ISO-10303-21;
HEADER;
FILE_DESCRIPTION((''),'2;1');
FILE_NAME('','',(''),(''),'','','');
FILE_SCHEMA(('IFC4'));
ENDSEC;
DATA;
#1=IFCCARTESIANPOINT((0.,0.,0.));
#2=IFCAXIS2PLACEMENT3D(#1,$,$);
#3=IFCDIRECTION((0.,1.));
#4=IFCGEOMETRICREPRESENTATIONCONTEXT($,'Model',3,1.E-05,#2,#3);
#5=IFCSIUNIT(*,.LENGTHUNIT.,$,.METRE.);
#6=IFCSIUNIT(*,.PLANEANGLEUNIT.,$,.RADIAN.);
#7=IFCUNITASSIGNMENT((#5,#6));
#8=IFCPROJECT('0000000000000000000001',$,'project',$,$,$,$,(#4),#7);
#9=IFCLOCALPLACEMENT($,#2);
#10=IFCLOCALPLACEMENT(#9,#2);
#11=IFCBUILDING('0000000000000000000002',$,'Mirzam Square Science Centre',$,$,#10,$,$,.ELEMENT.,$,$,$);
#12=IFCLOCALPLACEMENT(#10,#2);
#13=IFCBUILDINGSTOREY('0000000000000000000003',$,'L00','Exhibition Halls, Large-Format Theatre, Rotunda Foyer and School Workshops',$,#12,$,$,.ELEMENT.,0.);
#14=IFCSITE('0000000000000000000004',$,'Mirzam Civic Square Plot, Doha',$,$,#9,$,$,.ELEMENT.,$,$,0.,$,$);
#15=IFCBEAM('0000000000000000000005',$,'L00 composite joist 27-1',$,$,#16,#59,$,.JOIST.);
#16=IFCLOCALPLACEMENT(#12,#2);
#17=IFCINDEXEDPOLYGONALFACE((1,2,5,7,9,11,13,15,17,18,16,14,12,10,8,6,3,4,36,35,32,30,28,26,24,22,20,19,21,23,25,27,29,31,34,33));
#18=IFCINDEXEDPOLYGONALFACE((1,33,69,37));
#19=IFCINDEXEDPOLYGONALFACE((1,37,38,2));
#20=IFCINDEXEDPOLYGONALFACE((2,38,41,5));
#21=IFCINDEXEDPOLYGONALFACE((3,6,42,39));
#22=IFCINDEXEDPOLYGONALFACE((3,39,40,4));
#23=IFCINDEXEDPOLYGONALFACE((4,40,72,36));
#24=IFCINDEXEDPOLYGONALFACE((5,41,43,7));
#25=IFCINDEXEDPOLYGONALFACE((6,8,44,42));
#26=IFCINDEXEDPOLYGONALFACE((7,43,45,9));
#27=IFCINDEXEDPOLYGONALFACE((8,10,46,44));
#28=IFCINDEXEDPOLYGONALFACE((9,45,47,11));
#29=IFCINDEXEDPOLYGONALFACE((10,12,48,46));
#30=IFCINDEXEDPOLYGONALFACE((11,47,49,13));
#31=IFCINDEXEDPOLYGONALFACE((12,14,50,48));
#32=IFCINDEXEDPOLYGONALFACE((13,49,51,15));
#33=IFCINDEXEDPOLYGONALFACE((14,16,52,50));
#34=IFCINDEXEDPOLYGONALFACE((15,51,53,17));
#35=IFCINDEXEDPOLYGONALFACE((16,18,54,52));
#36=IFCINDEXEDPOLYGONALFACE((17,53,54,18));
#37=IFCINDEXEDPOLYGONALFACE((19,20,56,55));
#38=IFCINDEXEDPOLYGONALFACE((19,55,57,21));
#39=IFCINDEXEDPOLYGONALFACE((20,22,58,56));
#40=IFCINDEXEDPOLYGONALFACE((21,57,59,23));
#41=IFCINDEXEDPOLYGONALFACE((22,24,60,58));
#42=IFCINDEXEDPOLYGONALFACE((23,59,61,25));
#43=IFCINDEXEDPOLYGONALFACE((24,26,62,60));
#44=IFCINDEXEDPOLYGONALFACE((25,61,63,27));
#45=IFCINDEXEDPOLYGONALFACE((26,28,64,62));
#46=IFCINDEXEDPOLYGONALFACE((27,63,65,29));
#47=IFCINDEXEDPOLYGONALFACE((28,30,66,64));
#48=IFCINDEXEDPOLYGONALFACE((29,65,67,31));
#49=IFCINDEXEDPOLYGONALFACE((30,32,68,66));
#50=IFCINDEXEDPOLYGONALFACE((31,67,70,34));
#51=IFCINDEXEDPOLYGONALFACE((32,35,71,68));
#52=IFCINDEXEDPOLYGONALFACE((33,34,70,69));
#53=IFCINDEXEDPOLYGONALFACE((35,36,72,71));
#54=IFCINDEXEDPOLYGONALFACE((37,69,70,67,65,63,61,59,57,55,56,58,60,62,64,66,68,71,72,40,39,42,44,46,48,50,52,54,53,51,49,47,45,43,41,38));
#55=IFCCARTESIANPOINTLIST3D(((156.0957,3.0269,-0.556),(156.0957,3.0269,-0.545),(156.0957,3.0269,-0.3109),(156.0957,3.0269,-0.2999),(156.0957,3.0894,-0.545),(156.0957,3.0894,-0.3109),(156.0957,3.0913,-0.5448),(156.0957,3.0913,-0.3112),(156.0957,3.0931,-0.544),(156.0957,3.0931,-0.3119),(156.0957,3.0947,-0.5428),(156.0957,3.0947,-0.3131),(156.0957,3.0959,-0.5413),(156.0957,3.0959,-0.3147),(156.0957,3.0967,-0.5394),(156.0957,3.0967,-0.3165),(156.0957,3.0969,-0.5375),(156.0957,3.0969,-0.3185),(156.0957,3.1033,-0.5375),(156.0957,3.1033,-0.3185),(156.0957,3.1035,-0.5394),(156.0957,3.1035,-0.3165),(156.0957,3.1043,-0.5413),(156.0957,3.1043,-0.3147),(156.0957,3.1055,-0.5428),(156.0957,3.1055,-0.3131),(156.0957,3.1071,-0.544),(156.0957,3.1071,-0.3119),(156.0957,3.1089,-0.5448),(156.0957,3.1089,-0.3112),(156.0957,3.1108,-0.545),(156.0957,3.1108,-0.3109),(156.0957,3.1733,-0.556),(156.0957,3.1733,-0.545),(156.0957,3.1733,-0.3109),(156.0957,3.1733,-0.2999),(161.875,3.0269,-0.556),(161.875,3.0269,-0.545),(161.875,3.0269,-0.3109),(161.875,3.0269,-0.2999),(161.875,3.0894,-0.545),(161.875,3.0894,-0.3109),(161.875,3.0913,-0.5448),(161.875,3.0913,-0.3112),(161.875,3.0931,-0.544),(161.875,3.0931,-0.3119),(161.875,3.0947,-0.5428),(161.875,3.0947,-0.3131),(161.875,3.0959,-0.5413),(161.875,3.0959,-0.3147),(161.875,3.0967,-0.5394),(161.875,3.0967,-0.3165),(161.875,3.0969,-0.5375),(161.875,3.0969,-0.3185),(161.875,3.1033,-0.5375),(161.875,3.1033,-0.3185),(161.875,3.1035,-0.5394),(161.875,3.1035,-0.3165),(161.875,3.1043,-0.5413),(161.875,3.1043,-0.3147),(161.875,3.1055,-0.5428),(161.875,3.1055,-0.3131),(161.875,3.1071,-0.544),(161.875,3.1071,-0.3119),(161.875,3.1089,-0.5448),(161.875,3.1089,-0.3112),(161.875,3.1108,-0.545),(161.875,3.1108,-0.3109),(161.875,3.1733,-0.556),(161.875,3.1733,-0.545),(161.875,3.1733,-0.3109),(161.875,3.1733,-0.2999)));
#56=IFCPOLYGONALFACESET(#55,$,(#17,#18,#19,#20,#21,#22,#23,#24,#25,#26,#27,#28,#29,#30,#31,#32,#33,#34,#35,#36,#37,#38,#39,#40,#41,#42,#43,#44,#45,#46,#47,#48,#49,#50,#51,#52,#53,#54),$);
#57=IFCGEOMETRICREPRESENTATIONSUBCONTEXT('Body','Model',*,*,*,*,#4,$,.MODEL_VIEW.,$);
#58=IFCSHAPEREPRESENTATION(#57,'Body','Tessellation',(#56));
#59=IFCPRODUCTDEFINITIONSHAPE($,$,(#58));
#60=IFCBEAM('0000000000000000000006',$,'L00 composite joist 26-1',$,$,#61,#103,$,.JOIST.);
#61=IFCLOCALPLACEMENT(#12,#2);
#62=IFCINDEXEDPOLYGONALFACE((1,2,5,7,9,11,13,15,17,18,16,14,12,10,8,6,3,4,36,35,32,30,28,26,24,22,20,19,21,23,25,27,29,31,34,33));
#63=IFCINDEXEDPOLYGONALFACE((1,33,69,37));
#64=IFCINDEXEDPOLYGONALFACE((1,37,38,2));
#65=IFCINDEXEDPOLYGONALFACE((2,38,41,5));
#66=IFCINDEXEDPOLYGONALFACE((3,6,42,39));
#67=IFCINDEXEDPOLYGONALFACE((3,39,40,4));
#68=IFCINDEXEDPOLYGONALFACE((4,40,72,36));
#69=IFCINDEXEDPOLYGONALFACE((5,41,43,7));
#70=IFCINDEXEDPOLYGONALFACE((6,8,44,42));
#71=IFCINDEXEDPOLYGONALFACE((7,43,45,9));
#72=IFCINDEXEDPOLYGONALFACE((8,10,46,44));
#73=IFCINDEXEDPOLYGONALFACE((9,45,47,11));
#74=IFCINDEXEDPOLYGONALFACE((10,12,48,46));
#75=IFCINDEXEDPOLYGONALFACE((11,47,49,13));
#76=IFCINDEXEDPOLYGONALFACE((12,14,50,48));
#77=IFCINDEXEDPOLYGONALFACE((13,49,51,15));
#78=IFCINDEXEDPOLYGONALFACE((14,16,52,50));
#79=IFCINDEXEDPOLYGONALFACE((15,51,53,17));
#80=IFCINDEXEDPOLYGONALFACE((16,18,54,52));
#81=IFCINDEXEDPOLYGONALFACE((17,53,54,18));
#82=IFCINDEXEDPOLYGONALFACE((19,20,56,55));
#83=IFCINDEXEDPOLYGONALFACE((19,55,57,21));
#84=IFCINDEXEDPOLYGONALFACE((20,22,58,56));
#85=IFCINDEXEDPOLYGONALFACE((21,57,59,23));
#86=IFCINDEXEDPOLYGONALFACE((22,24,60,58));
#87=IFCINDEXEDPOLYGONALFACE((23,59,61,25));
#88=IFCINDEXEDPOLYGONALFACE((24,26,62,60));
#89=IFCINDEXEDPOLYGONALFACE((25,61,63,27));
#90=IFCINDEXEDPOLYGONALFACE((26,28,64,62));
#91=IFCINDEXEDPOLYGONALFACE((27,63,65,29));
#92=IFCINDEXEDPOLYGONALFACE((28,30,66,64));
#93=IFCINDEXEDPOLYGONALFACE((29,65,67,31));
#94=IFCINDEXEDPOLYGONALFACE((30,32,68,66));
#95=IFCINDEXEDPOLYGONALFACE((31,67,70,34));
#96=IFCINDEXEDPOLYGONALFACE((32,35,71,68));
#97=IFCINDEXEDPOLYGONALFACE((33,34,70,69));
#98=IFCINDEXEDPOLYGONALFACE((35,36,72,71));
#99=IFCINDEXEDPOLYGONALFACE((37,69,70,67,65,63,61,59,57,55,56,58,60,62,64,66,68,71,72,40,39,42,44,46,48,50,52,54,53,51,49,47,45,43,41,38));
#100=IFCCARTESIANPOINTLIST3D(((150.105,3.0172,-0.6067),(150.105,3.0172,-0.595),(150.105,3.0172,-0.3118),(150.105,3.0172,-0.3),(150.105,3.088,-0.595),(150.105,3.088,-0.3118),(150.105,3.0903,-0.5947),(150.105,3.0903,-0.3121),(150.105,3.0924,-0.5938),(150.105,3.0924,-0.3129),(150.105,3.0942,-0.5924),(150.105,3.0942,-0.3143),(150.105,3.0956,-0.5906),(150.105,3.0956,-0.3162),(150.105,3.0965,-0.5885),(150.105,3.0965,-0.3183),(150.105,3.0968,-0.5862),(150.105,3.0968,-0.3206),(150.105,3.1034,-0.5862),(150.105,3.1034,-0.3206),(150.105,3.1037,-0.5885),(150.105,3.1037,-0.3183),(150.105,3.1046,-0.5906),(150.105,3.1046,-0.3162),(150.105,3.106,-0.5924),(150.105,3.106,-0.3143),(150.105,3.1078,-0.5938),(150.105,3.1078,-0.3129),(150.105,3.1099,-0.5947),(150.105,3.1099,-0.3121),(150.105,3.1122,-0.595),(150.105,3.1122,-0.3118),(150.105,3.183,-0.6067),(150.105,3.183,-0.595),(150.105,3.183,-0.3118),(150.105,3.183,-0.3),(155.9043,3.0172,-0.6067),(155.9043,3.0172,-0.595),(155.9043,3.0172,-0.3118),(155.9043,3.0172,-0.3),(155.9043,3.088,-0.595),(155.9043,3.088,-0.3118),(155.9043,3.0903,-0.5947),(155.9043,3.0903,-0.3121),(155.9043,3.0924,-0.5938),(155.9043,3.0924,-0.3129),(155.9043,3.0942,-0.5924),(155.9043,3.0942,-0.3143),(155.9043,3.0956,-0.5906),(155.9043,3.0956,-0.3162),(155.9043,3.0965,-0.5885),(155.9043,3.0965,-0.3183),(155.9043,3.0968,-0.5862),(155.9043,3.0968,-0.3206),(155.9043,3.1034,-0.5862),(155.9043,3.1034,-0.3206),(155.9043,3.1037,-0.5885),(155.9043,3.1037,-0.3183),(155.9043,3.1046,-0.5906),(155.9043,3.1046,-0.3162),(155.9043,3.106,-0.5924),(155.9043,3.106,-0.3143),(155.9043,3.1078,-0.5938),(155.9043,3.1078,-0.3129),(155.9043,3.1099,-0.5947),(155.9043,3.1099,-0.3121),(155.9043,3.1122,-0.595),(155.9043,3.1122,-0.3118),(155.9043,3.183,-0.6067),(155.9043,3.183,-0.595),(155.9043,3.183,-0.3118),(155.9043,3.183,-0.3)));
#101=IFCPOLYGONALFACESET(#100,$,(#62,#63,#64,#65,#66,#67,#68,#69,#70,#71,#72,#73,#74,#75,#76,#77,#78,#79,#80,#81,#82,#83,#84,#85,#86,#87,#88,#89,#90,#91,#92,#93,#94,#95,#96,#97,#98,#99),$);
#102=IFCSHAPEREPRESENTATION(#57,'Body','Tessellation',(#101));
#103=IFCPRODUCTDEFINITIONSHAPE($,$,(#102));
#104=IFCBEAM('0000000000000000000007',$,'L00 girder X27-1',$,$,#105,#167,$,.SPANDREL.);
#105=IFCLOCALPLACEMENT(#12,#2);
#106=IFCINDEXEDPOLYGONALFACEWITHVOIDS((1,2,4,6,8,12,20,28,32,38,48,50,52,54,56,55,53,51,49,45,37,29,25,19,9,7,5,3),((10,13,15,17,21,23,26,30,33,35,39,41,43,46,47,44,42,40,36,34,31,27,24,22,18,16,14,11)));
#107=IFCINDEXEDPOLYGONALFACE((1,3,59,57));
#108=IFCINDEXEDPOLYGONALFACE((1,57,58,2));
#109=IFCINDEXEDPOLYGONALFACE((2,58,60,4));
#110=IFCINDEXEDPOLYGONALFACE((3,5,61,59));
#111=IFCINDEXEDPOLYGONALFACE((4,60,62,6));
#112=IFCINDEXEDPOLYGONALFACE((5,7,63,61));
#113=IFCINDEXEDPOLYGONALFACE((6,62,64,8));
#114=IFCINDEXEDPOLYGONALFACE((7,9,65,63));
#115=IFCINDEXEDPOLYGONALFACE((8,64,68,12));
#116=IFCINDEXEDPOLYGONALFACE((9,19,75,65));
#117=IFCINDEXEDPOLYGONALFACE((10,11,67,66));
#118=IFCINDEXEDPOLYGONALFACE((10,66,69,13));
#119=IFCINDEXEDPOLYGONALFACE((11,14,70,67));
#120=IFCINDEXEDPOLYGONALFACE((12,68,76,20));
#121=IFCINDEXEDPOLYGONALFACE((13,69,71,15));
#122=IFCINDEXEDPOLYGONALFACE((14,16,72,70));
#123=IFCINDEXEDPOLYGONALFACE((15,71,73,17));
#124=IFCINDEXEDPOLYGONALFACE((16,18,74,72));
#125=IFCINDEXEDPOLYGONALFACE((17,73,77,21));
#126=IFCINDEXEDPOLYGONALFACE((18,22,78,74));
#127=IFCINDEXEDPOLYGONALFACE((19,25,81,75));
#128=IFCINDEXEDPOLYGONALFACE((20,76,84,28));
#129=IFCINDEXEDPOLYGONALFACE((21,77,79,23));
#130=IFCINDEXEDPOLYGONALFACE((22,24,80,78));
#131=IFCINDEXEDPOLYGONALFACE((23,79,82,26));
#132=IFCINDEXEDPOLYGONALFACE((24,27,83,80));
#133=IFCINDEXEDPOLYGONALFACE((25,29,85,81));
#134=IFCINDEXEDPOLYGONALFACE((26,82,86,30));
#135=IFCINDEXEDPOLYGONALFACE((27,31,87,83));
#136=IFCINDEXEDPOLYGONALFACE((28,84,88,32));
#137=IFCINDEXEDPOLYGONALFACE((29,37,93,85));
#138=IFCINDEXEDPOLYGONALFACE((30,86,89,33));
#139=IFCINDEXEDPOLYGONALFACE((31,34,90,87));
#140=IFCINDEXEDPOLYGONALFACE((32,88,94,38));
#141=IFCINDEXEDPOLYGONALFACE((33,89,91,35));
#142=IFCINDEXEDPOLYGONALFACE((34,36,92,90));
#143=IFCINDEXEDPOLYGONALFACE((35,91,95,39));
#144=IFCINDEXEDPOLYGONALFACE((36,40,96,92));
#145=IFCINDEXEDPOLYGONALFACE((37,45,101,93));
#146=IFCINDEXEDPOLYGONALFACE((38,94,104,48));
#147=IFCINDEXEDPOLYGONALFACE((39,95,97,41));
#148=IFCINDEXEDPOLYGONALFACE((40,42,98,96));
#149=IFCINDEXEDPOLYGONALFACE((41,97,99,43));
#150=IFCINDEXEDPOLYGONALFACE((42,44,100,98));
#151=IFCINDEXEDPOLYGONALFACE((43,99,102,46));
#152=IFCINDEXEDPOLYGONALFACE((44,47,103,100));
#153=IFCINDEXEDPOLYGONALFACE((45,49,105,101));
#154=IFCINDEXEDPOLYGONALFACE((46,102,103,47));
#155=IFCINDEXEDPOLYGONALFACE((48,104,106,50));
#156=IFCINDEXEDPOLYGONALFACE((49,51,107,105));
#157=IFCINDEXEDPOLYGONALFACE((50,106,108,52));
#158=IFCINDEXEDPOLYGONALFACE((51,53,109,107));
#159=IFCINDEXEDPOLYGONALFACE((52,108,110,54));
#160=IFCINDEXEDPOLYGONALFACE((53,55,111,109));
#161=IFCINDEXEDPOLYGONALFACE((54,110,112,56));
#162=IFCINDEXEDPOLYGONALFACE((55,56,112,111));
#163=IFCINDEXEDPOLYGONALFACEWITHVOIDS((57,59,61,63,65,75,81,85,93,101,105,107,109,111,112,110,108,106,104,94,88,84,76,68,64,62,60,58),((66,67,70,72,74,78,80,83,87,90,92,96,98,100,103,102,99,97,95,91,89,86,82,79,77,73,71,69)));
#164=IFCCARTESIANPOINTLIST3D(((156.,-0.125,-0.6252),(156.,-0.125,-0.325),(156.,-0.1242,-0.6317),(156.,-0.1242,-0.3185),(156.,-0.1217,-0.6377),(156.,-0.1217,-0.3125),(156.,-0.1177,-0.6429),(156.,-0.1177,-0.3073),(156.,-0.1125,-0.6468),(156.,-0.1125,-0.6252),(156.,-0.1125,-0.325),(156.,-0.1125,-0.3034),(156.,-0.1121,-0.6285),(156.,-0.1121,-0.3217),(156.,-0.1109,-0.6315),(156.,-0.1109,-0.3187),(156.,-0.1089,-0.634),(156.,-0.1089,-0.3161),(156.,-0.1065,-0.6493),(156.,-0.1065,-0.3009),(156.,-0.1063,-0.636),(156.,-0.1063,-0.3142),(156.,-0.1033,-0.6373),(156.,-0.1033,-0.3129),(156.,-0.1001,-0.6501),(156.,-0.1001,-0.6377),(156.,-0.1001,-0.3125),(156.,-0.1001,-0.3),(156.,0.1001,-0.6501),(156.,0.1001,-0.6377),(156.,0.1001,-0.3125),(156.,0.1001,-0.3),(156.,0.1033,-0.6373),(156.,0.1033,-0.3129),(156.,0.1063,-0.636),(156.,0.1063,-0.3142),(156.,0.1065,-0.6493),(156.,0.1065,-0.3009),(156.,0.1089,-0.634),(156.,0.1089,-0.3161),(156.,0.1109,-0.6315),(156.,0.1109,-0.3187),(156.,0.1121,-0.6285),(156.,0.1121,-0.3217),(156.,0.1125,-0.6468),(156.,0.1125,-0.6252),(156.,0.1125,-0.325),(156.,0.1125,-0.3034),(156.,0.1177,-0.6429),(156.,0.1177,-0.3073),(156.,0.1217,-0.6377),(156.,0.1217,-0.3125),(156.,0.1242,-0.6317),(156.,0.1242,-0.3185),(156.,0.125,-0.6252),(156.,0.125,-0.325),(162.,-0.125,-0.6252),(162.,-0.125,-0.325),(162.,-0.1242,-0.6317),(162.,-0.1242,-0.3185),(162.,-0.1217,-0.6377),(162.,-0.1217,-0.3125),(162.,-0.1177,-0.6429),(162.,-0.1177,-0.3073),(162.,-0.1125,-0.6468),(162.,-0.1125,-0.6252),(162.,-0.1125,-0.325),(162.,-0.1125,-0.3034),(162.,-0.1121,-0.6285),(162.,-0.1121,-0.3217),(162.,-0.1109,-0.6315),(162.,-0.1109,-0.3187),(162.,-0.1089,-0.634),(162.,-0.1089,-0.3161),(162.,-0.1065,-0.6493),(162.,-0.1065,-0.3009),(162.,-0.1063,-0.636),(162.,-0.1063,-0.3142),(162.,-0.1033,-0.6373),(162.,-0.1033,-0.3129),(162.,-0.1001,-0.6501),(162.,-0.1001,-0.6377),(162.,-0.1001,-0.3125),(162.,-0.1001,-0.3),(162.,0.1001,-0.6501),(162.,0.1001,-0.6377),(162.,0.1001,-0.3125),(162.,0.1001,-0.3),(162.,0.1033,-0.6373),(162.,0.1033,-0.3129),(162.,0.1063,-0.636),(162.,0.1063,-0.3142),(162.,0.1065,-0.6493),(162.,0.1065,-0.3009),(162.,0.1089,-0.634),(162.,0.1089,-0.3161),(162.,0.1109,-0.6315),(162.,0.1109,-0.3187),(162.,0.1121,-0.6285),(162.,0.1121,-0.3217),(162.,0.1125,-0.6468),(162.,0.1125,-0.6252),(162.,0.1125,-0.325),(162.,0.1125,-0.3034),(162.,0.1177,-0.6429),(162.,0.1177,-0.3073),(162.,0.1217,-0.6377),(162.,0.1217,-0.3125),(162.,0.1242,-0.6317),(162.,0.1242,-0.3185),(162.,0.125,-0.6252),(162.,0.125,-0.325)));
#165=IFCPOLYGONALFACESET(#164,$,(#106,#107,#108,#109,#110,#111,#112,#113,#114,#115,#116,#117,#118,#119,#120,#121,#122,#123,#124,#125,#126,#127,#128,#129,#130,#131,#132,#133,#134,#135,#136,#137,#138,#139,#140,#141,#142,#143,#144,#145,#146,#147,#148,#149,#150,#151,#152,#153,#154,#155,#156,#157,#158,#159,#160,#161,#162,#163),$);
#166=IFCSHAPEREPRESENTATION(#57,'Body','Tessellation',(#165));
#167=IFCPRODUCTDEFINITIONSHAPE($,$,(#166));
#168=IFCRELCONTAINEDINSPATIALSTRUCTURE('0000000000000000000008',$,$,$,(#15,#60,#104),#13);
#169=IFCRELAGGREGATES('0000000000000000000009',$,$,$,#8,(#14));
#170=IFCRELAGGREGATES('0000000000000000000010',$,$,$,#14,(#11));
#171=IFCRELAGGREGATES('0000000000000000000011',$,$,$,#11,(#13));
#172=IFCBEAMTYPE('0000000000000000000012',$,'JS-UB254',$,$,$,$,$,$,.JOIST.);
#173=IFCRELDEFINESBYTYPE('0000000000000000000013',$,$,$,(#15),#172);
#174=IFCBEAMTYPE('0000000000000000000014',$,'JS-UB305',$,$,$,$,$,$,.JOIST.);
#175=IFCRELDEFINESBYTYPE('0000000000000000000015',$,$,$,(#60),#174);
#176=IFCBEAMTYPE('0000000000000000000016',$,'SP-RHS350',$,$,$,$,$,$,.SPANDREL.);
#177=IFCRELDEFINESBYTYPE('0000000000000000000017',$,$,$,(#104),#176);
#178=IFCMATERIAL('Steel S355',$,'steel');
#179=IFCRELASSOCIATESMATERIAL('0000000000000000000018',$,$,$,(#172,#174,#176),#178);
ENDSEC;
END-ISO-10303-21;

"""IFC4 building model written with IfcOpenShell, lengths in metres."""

from ifc_helpers import new_model, si_unit, direction, frame, origin, origin_2d, place, context, subcontext, project, spatial, hollow_rectangle, i_section, extrude, material, material_profile, profile_set, type_object, element, save


model = new_model("IFC4")

# Units and contexts
model_context = context("Model", 3, precision=1e-05, world=origin(), true_north=direction((0.0, 1.0)))
body_context = subcontext(model_context, "Body", "Model", "MODEL_VIEW")
ifc_project = project(units=[si_unit("LENGTHUNIT", "METRE"), si_unit("PLANEANGLEUNIT", "RADIAN")], contexts=[model_context])

# Site, building, storey
site_placement = place(None, origin())
site = spatial("IfcSite", under=ifc_project, at=site_placement, Name="Mirzam Civic Square Plot, Doha", CompositionType="ELEMENT", RefElevation=0.0)
building_placement = place(site_placement, origin())
building = spatial("IfcBuilding", under=site, at=building_placement, Name="Mirzam Square Science Centre", CompositionType="ELEMENT")
storey_placement = place(building_placement, origin())
storey = spatial("IfcBuildingStorey", under=building, at=storey_placement, Name="L00", Description="Exhibition Halls, Large-Format Theatre, Rotunda Foyer and School Workshops", CompositionType="ELEMENT", Elevation=0.0)

# Shared definitions
ifc_material_1 = material(Name="Steel S355", Category="steel")

# Beams
ifc_material_profile_1 = material_profile(ifc_material_1, i_section(OverallWidth=0.1465, OverallDepth=0.2561, WebThickness=0.0063, FlangeThickness=0.011, FilletRadius=0.0076, at=origin_2d()), Name="254x146x37UB")
ifc_profile_set_1 = profile_set([ifc_material_profile_1], Name="Steel S355")
beam_type_1 = type_object("IfcBeamType", Name="JS-UB254", PredefinedType="JOIST", material=ifc_profile_set_1)
beam_1_placement = place(storey_placement, frame((156.0957, 3.1001, -0.428), z_axis=(1.0, 0.0, 0.0), x_axis=(0.0, 1.0, 0.0)))
element("IfcBeam", 1, at=beam_1_placement, inside=storey, type_object=beam_type_1, Name="L00 composite joist 27-1", PredefinedType="JOIST", context=body_context, shape_type="SweptSolid", body=[
    extrude(i_section(OverallWidth=0.1465, OverallDepth=0.2561, WebThickness=0.0063, FlangeThickness=0.011, FilletRadius=0.0076, at=origin_2d()), origin(), (0.0, 0.0, 1.0), 5.7793),
])
ifc_material_profile_2 = material_profile(ifc_material_1, i_section(OverallWidth=0.1658, OverallDepth=0.3066, WebThickness=0.0066, FlangeThickness=0.0117, FilletRadius=0.0088, at=origin_2d()), Name="305x165x46UB")
ifc_profile_set_2 = profile_set([ifc_material_profile_2], Name="Steel S355")
beam_type_2 = type_object("IfcBeamType", Name="JS-UB305", PredefinedType="JOIST", material=ifc_profile_set_2)
beam_2_placement = place(storey_placement, frame((150.105, 3.1001, -0.4534), z_axis=(1.0, 0.0, 0.0), x_axis=(0.0, 1.0, 0.0)))
element("IfcBeam", 2, at=beam_2_placement, inside=storey, type_object=beam_type_2, Name="L00 composite joist 26-1", PredefinedType="JOIST", context=body_context, shape_type="SweptSolid", body=[
    extrude(i_section(OverallWidth=0.1658, OverallDepth=0.3066, WebThickness=0.0066, FlangeThickness=0.0117, FilletRadius=0.0088, at=origin_2d()), origin(), (0.0, 0.0, 1.0), 5.7993),
])
ifc_material_profile_3 = material_profile(ifc_material_1, hollow_rectangle(XDim=0.25, YDim=0.3501, WallThickness=0.0125, InnerFilletRadius=0.0125, OuterFilletRadius=0.0249, at=origin_2d()), Name="350x250x12.5RHS")
ifc_profile_set_3 = profile_set([ifc_material_profile_3], Name="Steel S355")
beam_type_3 = type_object("IfcBeamType", Name="SP-RHS350", PredefinedType="SPANDREL", material=ifc_profile_set_3)
beam_3_placement = place(storey_placement, frame((156.0, 0.0, -0.4751), z_axis=(1.0, 0.0, 0.0), x_axis=(0.0, 1.0, 0.0)))
element("IfcBeam", 3, at=beam_3_placement, inside=storey, type_object=beam_type_3, Name="L00 girder X27-1", PredefinedType="SPANDREL", context=body_context, shape_type="SweptSolid", body=[
    extrude(hollow_rectangle(XDim=0.25, YDim=0.3501, WallThickness=0.0125, InnerFilletRadius=0.0125, OuterFilletRadius=0.0249, at=origin_2d()), origin(), (0.0, 0.0, 1.0), 6.0),
])

save(model, "model.ifc")
